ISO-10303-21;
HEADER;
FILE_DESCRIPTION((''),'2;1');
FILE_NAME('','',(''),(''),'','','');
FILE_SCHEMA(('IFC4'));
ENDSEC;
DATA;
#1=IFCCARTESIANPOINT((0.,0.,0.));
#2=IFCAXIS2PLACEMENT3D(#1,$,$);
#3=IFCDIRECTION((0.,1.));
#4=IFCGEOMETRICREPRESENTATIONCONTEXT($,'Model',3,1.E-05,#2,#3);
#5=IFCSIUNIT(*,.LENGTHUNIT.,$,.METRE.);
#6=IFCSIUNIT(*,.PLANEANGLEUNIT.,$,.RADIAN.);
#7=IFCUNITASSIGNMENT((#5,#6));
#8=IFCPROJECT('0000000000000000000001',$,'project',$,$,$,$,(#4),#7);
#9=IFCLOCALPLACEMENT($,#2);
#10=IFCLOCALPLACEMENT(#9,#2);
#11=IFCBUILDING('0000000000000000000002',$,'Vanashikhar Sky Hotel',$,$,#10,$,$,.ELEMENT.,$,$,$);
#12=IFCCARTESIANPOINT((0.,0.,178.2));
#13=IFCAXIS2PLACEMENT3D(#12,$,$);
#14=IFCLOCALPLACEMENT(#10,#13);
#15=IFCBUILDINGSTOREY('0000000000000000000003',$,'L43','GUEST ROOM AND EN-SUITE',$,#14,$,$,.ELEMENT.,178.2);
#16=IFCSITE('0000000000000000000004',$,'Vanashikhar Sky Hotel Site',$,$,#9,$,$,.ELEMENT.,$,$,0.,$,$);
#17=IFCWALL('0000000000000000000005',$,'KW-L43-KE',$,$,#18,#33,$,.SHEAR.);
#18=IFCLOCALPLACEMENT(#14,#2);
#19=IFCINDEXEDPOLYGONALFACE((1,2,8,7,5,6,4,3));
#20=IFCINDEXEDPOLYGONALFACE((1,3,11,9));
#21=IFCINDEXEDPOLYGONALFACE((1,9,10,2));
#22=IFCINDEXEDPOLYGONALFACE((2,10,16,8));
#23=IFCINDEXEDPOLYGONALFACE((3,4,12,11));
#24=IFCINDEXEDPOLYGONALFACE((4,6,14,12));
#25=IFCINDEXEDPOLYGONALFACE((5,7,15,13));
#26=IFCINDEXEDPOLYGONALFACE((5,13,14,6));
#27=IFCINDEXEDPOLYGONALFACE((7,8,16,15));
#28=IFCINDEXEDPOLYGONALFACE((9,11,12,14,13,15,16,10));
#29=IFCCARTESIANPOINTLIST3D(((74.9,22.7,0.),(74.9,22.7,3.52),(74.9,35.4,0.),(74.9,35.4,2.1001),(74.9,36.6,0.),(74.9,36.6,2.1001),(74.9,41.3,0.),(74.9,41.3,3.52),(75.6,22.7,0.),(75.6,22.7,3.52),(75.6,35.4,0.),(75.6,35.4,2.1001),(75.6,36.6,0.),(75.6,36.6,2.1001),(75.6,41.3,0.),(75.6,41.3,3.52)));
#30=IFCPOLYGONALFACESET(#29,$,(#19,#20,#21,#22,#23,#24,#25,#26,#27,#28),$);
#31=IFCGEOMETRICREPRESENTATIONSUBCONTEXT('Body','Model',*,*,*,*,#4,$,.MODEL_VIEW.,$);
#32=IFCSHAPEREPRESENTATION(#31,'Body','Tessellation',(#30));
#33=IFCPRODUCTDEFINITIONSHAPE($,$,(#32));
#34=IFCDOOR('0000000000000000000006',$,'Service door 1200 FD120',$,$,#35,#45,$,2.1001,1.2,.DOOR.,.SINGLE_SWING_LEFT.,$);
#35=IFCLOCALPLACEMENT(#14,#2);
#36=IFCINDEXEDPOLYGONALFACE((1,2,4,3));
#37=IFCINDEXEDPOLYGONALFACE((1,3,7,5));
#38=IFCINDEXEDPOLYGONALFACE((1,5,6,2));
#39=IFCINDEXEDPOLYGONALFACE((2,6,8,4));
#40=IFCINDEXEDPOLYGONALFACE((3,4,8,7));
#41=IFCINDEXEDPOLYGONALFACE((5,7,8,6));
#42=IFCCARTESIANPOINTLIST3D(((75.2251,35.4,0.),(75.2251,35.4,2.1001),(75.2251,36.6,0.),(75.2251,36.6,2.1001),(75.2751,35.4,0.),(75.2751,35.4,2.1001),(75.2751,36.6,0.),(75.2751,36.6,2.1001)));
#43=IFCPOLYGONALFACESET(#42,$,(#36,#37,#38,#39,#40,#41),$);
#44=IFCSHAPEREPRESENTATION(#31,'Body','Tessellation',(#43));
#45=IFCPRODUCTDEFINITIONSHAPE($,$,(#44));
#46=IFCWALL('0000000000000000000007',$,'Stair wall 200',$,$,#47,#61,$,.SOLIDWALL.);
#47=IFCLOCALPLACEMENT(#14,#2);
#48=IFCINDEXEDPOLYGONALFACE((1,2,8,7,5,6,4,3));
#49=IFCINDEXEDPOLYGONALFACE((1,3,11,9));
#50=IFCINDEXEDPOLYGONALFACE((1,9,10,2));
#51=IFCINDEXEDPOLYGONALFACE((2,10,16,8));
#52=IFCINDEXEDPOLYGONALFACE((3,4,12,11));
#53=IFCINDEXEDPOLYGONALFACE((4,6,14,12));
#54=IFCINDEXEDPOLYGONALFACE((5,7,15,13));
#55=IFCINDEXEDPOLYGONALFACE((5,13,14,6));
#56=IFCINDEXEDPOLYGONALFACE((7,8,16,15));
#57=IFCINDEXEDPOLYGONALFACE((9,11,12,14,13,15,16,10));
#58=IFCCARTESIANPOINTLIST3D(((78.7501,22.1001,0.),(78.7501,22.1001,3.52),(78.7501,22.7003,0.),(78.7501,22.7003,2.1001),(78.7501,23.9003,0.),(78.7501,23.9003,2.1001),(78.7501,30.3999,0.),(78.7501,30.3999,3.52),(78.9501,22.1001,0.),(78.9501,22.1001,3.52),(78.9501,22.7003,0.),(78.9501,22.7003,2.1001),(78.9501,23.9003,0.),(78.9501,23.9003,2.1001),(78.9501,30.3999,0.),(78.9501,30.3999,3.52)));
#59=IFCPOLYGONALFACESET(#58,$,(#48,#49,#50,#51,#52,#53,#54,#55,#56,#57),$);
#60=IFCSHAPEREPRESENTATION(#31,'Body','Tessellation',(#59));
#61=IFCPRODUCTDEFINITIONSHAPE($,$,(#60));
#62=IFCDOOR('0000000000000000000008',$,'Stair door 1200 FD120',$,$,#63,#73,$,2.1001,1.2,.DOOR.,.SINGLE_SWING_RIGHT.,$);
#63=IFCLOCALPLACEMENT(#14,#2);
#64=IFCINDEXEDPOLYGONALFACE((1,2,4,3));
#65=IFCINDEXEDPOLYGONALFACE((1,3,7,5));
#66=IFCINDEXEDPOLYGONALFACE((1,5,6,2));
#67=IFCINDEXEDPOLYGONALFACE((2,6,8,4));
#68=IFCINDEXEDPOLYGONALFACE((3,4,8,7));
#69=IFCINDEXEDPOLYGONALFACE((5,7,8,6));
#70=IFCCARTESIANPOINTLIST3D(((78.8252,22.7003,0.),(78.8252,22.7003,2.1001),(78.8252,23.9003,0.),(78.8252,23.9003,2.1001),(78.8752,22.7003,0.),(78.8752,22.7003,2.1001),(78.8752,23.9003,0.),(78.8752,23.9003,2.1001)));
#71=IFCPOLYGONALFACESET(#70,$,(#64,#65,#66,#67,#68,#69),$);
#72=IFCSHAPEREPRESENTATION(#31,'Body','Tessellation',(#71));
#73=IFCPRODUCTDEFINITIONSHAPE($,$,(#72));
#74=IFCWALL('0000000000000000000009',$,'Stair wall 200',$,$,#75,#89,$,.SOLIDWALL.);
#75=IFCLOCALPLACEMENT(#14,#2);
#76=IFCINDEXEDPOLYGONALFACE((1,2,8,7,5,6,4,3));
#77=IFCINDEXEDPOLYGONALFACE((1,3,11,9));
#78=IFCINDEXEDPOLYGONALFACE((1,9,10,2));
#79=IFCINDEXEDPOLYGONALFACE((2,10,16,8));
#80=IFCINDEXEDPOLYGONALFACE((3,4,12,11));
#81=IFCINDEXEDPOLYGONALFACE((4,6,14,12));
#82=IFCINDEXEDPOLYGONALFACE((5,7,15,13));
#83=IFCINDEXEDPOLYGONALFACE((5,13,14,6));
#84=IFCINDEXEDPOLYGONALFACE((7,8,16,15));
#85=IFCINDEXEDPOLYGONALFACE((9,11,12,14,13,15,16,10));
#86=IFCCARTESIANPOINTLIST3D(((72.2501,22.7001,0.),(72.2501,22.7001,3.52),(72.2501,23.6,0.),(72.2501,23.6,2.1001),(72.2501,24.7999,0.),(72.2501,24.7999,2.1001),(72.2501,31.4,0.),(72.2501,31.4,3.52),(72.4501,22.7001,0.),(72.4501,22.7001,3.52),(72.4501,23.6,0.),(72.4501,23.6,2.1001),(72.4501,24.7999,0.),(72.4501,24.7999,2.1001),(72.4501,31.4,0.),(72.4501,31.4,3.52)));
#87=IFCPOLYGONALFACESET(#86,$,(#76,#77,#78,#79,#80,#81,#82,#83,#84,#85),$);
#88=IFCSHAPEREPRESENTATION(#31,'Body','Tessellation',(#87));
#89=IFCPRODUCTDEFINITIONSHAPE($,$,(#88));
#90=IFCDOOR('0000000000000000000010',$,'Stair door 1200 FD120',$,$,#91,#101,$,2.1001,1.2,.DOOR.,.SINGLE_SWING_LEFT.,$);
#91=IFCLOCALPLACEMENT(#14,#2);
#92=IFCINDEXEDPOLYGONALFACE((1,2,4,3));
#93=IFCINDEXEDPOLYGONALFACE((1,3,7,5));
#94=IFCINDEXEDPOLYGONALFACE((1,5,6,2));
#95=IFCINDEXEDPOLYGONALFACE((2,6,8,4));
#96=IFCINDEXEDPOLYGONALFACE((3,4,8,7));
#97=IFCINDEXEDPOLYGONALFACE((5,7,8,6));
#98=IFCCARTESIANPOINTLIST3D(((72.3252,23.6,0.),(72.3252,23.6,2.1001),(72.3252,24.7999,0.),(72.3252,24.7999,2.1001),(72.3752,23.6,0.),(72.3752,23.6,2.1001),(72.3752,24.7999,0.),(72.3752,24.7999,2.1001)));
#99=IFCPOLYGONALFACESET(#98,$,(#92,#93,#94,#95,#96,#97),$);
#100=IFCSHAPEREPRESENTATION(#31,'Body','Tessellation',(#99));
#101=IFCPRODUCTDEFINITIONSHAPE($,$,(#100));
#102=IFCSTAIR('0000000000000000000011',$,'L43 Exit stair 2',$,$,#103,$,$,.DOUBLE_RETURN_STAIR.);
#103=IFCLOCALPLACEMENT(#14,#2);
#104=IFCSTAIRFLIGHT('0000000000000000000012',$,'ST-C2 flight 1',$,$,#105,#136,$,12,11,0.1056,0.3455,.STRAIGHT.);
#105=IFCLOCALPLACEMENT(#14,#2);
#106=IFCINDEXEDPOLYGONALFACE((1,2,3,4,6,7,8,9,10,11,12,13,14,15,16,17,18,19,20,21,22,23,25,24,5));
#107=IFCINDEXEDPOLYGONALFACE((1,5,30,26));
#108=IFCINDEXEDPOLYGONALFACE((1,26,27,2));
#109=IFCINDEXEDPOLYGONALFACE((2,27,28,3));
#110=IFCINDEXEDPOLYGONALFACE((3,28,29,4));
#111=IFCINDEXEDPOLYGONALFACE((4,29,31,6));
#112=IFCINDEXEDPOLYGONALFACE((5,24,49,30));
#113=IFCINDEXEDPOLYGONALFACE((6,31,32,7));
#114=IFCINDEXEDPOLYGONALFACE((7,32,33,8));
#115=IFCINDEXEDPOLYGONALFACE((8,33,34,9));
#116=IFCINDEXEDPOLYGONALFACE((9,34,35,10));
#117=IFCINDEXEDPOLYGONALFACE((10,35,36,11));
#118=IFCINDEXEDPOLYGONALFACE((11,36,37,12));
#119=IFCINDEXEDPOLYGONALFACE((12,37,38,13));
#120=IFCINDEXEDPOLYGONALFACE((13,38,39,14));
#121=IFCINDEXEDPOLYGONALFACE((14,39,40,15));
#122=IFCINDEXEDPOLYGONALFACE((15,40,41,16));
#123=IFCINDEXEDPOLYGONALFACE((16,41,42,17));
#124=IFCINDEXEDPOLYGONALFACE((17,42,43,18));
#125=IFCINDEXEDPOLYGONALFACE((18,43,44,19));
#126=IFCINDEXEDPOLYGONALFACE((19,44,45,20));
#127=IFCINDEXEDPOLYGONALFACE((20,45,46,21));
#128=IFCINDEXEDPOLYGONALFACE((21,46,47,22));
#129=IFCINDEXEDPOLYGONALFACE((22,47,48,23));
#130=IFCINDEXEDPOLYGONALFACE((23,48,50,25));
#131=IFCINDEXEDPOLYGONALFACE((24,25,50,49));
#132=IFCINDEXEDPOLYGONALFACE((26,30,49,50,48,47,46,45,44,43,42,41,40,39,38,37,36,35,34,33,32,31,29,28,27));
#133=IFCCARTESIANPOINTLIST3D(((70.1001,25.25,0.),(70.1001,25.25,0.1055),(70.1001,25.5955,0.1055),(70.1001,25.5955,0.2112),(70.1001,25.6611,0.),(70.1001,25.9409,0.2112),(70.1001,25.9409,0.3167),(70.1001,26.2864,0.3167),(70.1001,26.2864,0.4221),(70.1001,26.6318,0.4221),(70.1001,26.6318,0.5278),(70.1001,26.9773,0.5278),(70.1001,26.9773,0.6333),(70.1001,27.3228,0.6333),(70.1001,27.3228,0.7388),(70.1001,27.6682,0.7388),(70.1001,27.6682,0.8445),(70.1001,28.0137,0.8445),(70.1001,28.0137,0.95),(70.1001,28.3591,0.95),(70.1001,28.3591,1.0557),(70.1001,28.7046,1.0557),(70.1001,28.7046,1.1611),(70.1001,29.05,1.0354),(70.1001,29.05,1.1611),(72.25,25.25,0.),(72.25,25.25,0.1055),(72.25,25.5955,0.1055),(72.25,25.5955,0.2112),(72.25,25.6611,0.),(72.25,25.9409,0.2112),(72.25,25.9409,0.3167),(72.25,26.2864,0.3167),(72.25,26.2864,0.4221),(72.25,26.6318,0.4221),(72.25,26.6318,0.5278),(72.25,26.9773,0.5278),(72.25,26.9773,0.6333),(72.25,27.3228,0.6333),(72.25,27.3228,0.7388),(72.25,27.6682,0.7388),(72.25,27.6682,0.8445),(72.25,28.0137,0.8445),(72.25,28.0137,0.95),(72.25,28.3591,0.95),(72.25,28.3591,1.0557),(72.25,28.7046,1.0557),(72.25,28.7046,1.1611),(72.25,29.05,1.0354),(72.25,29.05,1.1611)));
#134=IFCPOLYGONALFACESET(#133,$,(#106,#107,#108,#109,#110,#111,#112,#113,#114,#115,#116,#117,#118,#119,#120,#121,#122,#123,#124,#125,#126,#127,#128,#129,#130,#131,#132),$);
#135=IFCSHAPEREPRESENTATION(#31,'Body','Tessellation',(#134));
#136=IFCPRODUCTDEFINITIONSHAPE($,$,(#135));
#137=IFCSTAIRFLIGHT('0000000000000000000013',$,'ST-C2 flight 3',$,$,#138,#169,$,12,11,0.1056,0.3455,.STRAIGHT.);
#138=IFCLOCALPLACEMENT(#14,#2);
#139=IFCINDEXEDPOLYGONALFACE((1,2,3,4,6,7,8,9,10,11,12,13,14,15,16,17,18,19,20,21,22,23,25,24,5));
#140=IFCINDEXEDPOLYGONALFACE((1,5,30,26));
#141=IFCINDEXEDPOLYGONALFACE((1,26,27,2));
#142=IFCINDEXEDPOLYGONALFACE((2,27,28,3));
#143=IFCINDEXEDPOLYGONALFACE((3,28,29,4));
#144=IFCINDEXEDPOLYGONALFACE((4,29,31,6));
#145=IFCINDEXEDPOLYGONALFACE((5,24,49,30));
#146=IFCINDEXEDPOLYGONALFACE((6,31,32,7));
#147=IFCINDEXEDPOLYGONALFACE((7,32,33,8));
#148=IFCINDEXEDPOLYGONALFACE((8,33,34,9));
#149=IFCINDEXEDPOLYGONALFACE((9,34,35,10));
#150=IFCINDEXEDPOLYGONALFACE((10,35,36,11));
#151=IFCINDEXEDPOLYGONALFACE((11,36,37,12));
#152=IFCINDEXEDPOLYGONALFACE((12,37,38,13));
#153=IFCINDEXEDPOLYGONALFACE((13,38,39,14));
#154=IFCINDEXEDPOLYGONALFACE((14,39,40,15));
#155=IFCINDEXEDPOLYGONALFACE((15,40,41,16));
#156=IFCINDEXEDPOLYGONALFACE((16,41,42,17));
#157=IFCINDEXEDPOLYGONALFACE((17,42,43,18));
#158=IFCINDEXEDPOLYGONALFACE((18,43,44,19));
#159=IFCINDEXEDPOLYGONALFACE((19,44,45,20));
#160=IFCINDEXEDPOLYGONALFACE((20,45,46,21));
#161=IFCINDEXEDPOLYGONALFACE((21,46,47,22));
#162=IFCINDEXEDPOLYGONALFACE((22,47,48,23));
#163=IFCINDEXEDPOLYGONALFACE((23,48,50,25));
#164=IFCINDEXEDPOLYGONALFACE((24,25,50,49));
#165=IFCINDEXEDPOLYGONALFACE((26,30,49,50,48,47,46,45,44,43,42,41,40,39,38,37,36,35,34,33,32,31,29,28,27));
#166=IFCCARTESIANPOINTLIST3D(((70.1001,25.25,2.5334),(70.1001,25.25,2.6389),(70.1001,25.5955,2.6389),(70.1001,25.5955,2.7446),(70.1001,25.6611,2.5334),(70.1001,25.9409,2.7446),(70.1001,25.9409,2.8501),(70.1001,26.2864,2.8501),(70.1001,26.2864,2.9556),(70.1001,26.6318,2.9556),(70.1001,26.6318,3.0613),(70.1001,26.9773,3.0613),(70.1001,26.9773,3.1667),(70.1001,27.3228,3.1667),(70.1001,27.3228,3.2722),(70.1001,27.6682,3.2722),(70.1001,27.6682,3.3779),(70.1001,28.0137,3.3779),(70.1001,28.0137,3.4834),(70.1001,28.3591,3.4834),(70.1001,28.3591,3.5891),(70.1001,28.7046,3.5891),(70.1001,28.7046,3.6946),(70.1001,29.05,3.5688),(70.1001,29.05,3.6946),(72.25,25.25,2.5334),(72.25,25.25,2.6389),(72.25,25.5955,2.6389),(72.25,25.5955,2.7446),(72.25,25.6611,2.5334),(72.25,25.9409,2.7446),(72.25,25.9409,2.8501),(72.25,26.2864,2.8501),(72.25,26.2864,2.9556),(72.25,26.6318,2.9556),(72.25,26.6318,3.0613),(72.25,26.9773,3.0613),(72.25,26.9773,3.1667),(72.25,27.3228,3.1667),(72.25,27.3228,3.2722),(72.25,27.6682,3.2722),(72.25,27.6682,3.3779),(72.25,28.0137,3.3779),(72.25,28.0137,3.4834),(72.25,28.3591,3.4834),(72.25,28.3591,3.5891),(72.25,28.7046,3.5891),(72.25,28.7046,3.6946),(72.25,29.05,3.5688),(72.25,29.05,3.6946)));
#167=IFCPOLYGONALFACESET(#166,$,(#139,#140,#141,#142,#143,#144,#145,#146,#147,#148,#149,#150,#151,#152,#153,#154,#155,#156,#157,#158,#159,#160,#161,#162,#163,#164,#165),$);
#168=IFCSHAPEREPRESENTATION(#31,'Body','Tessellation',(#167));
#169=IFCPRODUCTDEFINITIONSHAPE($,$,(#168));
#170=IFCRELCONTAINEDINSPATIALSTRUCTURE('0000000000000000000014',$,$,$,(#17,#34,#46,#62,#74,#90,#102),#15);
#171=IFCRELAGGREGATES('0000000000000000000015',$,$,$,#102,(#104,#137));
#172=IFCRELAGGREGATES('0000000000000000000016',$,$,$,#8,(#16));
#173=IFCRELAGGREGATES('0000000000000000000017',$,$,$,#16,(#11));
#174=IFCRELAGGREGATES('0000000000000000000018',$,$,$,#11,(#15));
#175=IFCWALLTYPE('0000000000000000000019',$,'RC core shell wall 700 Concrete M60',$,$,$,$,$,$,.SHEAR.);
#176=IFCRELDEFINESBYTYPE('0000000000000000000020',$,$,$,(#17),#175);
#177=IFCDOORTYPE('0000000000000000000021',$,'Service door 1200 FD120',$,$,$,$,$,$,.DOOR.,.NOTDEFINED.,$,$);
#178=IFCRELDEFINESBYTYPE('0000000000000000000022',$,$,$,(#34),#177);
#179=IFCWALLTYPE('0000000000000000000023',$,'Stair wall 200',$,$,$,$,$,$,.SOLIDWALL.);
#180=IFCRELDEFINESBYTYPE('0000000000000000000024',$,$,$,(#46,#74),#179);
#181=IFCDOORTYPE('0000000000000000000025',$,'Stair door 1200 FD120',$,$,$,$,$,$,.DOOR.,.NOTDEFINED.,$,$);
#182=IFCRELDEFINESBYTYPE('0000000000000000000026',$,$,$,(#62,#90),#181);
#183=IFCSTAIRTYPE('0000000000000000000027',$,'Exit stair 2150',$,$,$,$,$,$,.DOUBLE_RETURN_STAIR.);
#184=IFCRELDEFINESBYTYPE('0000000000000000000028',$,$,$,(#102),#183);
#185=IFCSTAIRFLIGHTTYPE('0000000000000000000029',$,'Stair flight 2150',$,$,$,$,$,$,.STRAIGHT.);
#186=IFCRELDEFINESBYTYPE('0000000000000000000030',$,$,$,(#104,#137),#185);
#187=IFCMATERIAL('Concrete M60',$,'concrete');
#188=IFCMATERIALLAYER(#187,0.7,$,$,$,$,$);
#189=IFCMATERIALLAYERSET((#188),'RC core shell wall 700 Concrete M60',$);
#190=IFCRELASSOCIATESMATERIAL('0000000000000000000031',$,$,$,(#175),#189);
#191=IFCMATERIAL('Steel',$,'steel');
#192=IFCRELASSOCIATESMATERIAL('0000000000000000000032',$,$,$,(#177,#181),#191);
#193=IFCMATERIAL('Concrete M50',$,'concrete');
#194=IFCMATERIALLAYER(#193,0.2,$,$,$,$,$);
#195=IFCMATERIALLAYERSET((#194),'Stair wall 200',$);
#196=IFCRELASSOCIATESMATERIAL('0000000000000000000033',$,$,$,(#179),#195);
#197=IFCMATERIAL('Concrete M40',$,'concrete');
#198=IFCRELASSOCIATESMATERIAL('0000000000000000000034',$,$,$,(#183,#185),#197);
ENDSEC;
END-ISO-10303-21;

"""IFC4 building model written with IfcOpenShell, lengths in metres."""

from ifc_helpers import new_model, si_unit, direction, frame, frame_2d, origin, place, context, subcontext, project, spatial, polyline, rectangle, outline, extrude, source, transform, mapped, material, layer, layer_set, type_object, element, fill, aggregate, save


model = new_model("IFC4")

# Units and contexts
model_context = context("Model", 3, precision=1e-05, world=origin(), true_north=direction((0.0, 1.0)))
body_context = subcontext(model_context, "Body", "Model", "MODEL_VIEW")
ifc_project = project(units=[si_unit("LENGTHUNIT", "METRE"), si_unit("PLANEANGLEUNIT", "RADIAN")], contexts=[model_context])

# Site, building, storey
site_placement = place(None, origin())
site = spatial("IfcSite", under=ifc_project, at=site_placement, Name="Vanashikhar Sky Hotel Site", CompositionType="ELEMENT", RefElevation=0.0)
building_placement = place(site_placement, origin())
building = spatial("IfcBuilding", under=site, at=building_placement, Name="Vanashikhar Sky Hotel", CompositionType="ELEMENT")
storey_placement = place(building_placement, frame((0.0, 0.0, 178.2)))
storey = spatial("IfcBuildingStorey", under=building, at=storey_placement, Name="L43", Description="GUEST ROOM AND EN-SUITE", CompositionType="ELEMENT", Elevation=178.2)

# Walls, openings, doors
ifc_material_1 = material(Name="Concrete M60", Category="concrete")
ifc_layer_1 = layer(ifc_material_1, 0.7)
ifc_layer_set_1 = layer_set([ifc_layer_1], Name="RC core shell wall 700 Concrete M60")
wall_type_1 = type_object("IfcWallType", Name="RC core shell wall 700 Concrete M60", PredefinedType="SHEAR", material=ifc_layer_set_1)
shared_shape_1 = source(origin(), body_context, "Body", "SweptSolid", [
    extrude(rectangle(XDim=18.6001, YDim=0.7, at=frame_2d((9.3, 0.0))), origin(), (0.0, 0.0, 1.0), 3.52),
])
wall_1_placement = place(storey_placement, frame((75.25, 22.7, 0.0), z_axis=(0.0, 0.0, 1.0), x_axis=(0.0, 1.0, 0.0)))
wall_1 = element("IfcWall", 1, at=wall_1_placement, inside=storey, type_object=wall_type_1, Name="KW-L43-KE", PredefinedType="SHEAR", context=body_context, shape_type="MappedRepresentation", body=[
    mapped(shared_shape_1, transform((0.0, 0.0, 0.0), scale=1.0)),
])
shared_shape_2 = source(origin(), body_context, "Body", "SweptSolid", [
    extrude(rectangle(XDim=1.2, YDim=2.1001, at=frame_2d((0.6001, 1.05))), frame((0.0, 0.3599, 0.0), z_axis=(0.0, -1.0, 0.0), x_axis=(1.0, 0.0, 0.0)), (0.0, 0.0, 1.0), 0.72),
])
opening_1_placement = place(wall_1_placement, frame((12.7, 0.0, 0.0)))
opening_1 = element("IfcOpeningElement", 2, at=opening_1_placement, cuts=wall_1, PredefinedType="OPENING", context=body_context, shape_type="MappedRepresentation", body=[
    mapped(shared_shape_2, transform((0.0, 0.0, 0.0), scale=1.0)),
])
ifc_material_2 = material(Name="Steel", Category="steel")
door_type_1 = type_object("IfcDoorType", Name="Service door 1200 FD120", OperationType="NOTDEFINED", PredefinedType="DOOR", material=ifc_material_2)
shared_shape_3 = source(origin(), body_context, "Body", "SweptSolid", [
    extrude(rectangle(XDim=1.2, YDim=2.1001, at=frame_2d((0.6001, 1.05))), frame((0.0, 0.0249, 0.0), z_axis=(0.0, -1.0, 0.0), x_axis=(1.0, 0.0, 0.0)), (0.0, 0.0, 1.0), 0.05),
])
door_1_placement = place(opening_1_placement, origin())
door_1 = element("IfcDoor", 3, at=door_1_placement, inside=storey, type_object=door_type_1, Name="Service door 1200 FD120", OperationType="SINGLE_SWING_LEFT", OverallHeight=2.1001, OverallWidth=1.2, PredefinedType="DOOR", context=body_context, shape_type="MappedRepresentation", body=[
    mapped(shared_shape_3, transform((0.0, 0.0, 0.0), scale=1.0)),
])
fill(opening_1, door_1)
ifc_material_3 = material(Name="Concrete M50", Category="concrete")
ifc_layer_2 = layer(ifc_material_3, 0.2)
ifc_layer_set_2 = layer_set([ifc_layer_2], Name="Stair wall 200")
wall_type_2 = type_object("IfcWallType", Name="Stair wall 200", PredefinedType="SOLIDWALL", material=ifc_layer_set_2)
shared_shape_4 = source(origin(), body_context, "Body", "SweptSolid", [
    extrude(rectangle(XDim=8.2998, YDim=0.2, at=frame_2d((4.1499, 0.0))), origin(), (0.0, 0.0, 1.0), 3.52),
])
wall_2_placement = place(storey_placement, frame((78.8501, 22.1001, 0.0), z_axis=(0.0, 0.0, 1.0), x_axis=(0.0, 1.0, 0.0)))
wall_2 = element("IfcWall", 4, at=wall_2_placement, inside=storey, type_object=wall_type_2, Name="Stair wall 200", PredefinedType="SOLIDWALL", context=body_context, shape_type="MappedRepresentation", body=[
    mapped(shared_shape_4, transform((0.0, 0.0, 0.0), scale=1.0)),
])
shared_shape_5 = source(origin(), body_context, "Body", "SweptSolid", [
    extrude(rectangle(XDim=1.2, YDim=2.1001, at=frame_2d((0.6001, 1.05))), frame((0.0, 0.1099, 0.0), z_axis=(0.0, -1.0, 0.0), x_axis=(1.0, 0.0, 0.0)), (0.0, 0.0, 1.0), 0.22),
])
opening_2_placement = place(wall_2_placement, frame((0.6001, 0.0, 0.0)))
opening_2 = element("IfcOpeningElement", 5, at=opening_2_placement, cuts=wall_2, PredefinedType="OPENING", context=body_context, shape_type="MappedRepresentation", body=[
    mapped(shared_shape_5, transform((0.0, 0.0, 0.0), scale=1.0)),
])
door_type_2 = type_object("IfcDoorType", Name="Stair door 1200 FD120", OperationType="NOTDEFINED", PredefinedType="DOOR", material=ifc_material_2)
door_2_placement = place(opening_2_placement, origin())
door_2 = element("IfcDoor", 6, at=door_2_placement, inside=storey, type_object=door_type_2, Name="Stair door 1200 FD120", OperationType="SINGLE_SWING_RIGHT", OverallHeight=2.1001, OverallWidth=1.2, PredefinedType="DOOR", context=body_context, shape_type="MappedRepresentation", body=[
    mapped(shared_shape_3, transform((0.0, 0.0, 0.0), scale=1.0)),
])
fill(opening_2, door_2)
shared_shape_6 = source(origin(), body_context, "Body", "SweptSolid", [
    extrude(rectangle(XDim=8.7, YDim=0.2, at=frame_2d((4.3501, 0.0))), origin(), (0.0, 0.0, 1.0), 3.52),
])
wall_3_placement = place(storey_placement, frame((72.3501, 22.7, 0.0), z_axis=(0.0, 0.0, 1.0), x_axis=(0.0, 1.0, 0.0)))
wall_3 = element("IfcWall", 7, at=wall_3_placement, inside=storey, type_object=wall_type_2, Name="Stair wall 200", PredefinedType="SOLIDWALL", context=body_context, shape_type="MappedRepresentation", body=[
    mapped(shared_shape_6, transform((0.0, 0.0, 0.0), scale=1.0)),
])
opening_3_placement = place(wall_3_placement, frame((0.8999, 0.0, 0.0)))
opening_3 = element("IfcOpeningElement", 8, at=opening_3_placement, cuts=wall_3, PredefinedType="OPENING", context=body_context, shape_type="MappedRepresentation", body=[
    mapped(shared_shape_5, transform((0.0, 0.0, 0.0), scale=1.0)),
])
door_3_placement = place(opening_3_placement, origin())
door_3 = element("IfcDoor", 9, at=door_3_placement, inside=storey, type_object=door_type_2, Name="Stair door 1200 FD120", OperationType="SINGLE_SWING_LEFT", OverallHeight=2.1001, OverallWidth=1.2, PredefinedType="DOOR", context=body_context, shape_type="MappedRepresentation", body=[
    mapped(shared_shape_3, transform((0.0, 0.0, 0.0), scale=1.0)),
])
fill(opening_3, door_3)

# Stair, stair flights
ifc_material_4 = material(Name="Concrete M40", Category="concrete")
stair_type = type_object("IfcStairType", Name="Exit stair 2150", PredefinedType="DOUBLE_RETURN_STAIR", material=ifc_material_4)
stair_1_placement = place(storey_placement, origin())
stair_1 = element("IfcStair", 10, at=stair_1_placement, inside=storey, type_object=stair_type, Name="L43 Exit stair 2", PredefinedType="DOUBLE_RETURN_STAIR")
stair_flight_type = type_object("IfcStairFlightType", Name="Stair flight 2150", PredefinedType="STRAIGHT", material=ifc_material_4)
shared_shape_7 = source(origin(), body_context, "Body", "SweptSolid", [
    extrude(outline(polyline([(0.0, 0.0), (0.0, 0.1055), (0.3455, 0.1055), (0.3455, 0.2112), (0.6909, 0.2112), (0.6909, 0.3167), (1.0364, 0.3167), (1.0364, 0.4221), (1.3818, 0.4221), (1.3818, 0.5278), (1.7273, 0.5278), (1.7273, 0.6333), (2.0728, 0.6333), (2.0728, 0.7388), (2.4182, 0.7388), (2.4182, 0.8445), (2.7637, 0.8445), (2.7637, 0.95), (3.1091, 0.95), (3.1091, 1.0557), (3.4546, 1.0557), (3.4546, 1.1611), (3.8, 1.1611), (3.8, 1.2666), (3.8, 1.0354), (0.4111, 0.0), (0.0, 0.0)])), frame((0.0, 1.075, 0.0), z_axis=(0.0, -1.0, 0.0), x_axis=(1.0, 0.0, 0.0)), (0.0, 0.0, 1.0), 2.1499),
])
stair_flight_1_placement = place(storey_placement, frame((71.175, 25.25, 0.0), z_axis=(0.0, 0.0, 1.0), x_axis=(0.0, 1.0, 0.0)))
stair_flight_1 = element("IfcStairFlight", 11, at=stair_flight_1_placement, type_object=stair_flight_type, Name="ST-C2 flight 1", NumberOfRisers=12, NumberOfTreads=11, PredefinedType="STRAIGHT", RiserHeight=0.1056, TreadLength=0.3455, context=body_context, shape_type="MappedRepresentation", body=[
    mapped(shared_shape_7, transform((0.0, 0.0, 0.0), scale=1.0)),
])
stair_flight_2_placement = place(storey_placement, frame((71.175, 25.25, 2.5334), z_axis=(0.0, 0.0, 1.0), x_axis=(0.0, 1.0, 0.0)))
stair_flight_2 = element("IfcStairFlight", 12, at=stair_flight_2_placement, type_object=stair_flight_type, Name="ST-C2 flight 3", NumberOfRisers=12, NumberOfTreads=11, PredefinedType="STRAIGHT", RiserHeight=0.1056, TreadLength=0.3455, context=body_context, shape_type="MappedRepresentation", body=[
    mapped(shared_shape_7, transform((0.0, 0.0, 0.0), scale=1.0)),
])
aggregate(stair_1, [stair_flight_1, stair_flight_2])

save(model, "model.ifc")
